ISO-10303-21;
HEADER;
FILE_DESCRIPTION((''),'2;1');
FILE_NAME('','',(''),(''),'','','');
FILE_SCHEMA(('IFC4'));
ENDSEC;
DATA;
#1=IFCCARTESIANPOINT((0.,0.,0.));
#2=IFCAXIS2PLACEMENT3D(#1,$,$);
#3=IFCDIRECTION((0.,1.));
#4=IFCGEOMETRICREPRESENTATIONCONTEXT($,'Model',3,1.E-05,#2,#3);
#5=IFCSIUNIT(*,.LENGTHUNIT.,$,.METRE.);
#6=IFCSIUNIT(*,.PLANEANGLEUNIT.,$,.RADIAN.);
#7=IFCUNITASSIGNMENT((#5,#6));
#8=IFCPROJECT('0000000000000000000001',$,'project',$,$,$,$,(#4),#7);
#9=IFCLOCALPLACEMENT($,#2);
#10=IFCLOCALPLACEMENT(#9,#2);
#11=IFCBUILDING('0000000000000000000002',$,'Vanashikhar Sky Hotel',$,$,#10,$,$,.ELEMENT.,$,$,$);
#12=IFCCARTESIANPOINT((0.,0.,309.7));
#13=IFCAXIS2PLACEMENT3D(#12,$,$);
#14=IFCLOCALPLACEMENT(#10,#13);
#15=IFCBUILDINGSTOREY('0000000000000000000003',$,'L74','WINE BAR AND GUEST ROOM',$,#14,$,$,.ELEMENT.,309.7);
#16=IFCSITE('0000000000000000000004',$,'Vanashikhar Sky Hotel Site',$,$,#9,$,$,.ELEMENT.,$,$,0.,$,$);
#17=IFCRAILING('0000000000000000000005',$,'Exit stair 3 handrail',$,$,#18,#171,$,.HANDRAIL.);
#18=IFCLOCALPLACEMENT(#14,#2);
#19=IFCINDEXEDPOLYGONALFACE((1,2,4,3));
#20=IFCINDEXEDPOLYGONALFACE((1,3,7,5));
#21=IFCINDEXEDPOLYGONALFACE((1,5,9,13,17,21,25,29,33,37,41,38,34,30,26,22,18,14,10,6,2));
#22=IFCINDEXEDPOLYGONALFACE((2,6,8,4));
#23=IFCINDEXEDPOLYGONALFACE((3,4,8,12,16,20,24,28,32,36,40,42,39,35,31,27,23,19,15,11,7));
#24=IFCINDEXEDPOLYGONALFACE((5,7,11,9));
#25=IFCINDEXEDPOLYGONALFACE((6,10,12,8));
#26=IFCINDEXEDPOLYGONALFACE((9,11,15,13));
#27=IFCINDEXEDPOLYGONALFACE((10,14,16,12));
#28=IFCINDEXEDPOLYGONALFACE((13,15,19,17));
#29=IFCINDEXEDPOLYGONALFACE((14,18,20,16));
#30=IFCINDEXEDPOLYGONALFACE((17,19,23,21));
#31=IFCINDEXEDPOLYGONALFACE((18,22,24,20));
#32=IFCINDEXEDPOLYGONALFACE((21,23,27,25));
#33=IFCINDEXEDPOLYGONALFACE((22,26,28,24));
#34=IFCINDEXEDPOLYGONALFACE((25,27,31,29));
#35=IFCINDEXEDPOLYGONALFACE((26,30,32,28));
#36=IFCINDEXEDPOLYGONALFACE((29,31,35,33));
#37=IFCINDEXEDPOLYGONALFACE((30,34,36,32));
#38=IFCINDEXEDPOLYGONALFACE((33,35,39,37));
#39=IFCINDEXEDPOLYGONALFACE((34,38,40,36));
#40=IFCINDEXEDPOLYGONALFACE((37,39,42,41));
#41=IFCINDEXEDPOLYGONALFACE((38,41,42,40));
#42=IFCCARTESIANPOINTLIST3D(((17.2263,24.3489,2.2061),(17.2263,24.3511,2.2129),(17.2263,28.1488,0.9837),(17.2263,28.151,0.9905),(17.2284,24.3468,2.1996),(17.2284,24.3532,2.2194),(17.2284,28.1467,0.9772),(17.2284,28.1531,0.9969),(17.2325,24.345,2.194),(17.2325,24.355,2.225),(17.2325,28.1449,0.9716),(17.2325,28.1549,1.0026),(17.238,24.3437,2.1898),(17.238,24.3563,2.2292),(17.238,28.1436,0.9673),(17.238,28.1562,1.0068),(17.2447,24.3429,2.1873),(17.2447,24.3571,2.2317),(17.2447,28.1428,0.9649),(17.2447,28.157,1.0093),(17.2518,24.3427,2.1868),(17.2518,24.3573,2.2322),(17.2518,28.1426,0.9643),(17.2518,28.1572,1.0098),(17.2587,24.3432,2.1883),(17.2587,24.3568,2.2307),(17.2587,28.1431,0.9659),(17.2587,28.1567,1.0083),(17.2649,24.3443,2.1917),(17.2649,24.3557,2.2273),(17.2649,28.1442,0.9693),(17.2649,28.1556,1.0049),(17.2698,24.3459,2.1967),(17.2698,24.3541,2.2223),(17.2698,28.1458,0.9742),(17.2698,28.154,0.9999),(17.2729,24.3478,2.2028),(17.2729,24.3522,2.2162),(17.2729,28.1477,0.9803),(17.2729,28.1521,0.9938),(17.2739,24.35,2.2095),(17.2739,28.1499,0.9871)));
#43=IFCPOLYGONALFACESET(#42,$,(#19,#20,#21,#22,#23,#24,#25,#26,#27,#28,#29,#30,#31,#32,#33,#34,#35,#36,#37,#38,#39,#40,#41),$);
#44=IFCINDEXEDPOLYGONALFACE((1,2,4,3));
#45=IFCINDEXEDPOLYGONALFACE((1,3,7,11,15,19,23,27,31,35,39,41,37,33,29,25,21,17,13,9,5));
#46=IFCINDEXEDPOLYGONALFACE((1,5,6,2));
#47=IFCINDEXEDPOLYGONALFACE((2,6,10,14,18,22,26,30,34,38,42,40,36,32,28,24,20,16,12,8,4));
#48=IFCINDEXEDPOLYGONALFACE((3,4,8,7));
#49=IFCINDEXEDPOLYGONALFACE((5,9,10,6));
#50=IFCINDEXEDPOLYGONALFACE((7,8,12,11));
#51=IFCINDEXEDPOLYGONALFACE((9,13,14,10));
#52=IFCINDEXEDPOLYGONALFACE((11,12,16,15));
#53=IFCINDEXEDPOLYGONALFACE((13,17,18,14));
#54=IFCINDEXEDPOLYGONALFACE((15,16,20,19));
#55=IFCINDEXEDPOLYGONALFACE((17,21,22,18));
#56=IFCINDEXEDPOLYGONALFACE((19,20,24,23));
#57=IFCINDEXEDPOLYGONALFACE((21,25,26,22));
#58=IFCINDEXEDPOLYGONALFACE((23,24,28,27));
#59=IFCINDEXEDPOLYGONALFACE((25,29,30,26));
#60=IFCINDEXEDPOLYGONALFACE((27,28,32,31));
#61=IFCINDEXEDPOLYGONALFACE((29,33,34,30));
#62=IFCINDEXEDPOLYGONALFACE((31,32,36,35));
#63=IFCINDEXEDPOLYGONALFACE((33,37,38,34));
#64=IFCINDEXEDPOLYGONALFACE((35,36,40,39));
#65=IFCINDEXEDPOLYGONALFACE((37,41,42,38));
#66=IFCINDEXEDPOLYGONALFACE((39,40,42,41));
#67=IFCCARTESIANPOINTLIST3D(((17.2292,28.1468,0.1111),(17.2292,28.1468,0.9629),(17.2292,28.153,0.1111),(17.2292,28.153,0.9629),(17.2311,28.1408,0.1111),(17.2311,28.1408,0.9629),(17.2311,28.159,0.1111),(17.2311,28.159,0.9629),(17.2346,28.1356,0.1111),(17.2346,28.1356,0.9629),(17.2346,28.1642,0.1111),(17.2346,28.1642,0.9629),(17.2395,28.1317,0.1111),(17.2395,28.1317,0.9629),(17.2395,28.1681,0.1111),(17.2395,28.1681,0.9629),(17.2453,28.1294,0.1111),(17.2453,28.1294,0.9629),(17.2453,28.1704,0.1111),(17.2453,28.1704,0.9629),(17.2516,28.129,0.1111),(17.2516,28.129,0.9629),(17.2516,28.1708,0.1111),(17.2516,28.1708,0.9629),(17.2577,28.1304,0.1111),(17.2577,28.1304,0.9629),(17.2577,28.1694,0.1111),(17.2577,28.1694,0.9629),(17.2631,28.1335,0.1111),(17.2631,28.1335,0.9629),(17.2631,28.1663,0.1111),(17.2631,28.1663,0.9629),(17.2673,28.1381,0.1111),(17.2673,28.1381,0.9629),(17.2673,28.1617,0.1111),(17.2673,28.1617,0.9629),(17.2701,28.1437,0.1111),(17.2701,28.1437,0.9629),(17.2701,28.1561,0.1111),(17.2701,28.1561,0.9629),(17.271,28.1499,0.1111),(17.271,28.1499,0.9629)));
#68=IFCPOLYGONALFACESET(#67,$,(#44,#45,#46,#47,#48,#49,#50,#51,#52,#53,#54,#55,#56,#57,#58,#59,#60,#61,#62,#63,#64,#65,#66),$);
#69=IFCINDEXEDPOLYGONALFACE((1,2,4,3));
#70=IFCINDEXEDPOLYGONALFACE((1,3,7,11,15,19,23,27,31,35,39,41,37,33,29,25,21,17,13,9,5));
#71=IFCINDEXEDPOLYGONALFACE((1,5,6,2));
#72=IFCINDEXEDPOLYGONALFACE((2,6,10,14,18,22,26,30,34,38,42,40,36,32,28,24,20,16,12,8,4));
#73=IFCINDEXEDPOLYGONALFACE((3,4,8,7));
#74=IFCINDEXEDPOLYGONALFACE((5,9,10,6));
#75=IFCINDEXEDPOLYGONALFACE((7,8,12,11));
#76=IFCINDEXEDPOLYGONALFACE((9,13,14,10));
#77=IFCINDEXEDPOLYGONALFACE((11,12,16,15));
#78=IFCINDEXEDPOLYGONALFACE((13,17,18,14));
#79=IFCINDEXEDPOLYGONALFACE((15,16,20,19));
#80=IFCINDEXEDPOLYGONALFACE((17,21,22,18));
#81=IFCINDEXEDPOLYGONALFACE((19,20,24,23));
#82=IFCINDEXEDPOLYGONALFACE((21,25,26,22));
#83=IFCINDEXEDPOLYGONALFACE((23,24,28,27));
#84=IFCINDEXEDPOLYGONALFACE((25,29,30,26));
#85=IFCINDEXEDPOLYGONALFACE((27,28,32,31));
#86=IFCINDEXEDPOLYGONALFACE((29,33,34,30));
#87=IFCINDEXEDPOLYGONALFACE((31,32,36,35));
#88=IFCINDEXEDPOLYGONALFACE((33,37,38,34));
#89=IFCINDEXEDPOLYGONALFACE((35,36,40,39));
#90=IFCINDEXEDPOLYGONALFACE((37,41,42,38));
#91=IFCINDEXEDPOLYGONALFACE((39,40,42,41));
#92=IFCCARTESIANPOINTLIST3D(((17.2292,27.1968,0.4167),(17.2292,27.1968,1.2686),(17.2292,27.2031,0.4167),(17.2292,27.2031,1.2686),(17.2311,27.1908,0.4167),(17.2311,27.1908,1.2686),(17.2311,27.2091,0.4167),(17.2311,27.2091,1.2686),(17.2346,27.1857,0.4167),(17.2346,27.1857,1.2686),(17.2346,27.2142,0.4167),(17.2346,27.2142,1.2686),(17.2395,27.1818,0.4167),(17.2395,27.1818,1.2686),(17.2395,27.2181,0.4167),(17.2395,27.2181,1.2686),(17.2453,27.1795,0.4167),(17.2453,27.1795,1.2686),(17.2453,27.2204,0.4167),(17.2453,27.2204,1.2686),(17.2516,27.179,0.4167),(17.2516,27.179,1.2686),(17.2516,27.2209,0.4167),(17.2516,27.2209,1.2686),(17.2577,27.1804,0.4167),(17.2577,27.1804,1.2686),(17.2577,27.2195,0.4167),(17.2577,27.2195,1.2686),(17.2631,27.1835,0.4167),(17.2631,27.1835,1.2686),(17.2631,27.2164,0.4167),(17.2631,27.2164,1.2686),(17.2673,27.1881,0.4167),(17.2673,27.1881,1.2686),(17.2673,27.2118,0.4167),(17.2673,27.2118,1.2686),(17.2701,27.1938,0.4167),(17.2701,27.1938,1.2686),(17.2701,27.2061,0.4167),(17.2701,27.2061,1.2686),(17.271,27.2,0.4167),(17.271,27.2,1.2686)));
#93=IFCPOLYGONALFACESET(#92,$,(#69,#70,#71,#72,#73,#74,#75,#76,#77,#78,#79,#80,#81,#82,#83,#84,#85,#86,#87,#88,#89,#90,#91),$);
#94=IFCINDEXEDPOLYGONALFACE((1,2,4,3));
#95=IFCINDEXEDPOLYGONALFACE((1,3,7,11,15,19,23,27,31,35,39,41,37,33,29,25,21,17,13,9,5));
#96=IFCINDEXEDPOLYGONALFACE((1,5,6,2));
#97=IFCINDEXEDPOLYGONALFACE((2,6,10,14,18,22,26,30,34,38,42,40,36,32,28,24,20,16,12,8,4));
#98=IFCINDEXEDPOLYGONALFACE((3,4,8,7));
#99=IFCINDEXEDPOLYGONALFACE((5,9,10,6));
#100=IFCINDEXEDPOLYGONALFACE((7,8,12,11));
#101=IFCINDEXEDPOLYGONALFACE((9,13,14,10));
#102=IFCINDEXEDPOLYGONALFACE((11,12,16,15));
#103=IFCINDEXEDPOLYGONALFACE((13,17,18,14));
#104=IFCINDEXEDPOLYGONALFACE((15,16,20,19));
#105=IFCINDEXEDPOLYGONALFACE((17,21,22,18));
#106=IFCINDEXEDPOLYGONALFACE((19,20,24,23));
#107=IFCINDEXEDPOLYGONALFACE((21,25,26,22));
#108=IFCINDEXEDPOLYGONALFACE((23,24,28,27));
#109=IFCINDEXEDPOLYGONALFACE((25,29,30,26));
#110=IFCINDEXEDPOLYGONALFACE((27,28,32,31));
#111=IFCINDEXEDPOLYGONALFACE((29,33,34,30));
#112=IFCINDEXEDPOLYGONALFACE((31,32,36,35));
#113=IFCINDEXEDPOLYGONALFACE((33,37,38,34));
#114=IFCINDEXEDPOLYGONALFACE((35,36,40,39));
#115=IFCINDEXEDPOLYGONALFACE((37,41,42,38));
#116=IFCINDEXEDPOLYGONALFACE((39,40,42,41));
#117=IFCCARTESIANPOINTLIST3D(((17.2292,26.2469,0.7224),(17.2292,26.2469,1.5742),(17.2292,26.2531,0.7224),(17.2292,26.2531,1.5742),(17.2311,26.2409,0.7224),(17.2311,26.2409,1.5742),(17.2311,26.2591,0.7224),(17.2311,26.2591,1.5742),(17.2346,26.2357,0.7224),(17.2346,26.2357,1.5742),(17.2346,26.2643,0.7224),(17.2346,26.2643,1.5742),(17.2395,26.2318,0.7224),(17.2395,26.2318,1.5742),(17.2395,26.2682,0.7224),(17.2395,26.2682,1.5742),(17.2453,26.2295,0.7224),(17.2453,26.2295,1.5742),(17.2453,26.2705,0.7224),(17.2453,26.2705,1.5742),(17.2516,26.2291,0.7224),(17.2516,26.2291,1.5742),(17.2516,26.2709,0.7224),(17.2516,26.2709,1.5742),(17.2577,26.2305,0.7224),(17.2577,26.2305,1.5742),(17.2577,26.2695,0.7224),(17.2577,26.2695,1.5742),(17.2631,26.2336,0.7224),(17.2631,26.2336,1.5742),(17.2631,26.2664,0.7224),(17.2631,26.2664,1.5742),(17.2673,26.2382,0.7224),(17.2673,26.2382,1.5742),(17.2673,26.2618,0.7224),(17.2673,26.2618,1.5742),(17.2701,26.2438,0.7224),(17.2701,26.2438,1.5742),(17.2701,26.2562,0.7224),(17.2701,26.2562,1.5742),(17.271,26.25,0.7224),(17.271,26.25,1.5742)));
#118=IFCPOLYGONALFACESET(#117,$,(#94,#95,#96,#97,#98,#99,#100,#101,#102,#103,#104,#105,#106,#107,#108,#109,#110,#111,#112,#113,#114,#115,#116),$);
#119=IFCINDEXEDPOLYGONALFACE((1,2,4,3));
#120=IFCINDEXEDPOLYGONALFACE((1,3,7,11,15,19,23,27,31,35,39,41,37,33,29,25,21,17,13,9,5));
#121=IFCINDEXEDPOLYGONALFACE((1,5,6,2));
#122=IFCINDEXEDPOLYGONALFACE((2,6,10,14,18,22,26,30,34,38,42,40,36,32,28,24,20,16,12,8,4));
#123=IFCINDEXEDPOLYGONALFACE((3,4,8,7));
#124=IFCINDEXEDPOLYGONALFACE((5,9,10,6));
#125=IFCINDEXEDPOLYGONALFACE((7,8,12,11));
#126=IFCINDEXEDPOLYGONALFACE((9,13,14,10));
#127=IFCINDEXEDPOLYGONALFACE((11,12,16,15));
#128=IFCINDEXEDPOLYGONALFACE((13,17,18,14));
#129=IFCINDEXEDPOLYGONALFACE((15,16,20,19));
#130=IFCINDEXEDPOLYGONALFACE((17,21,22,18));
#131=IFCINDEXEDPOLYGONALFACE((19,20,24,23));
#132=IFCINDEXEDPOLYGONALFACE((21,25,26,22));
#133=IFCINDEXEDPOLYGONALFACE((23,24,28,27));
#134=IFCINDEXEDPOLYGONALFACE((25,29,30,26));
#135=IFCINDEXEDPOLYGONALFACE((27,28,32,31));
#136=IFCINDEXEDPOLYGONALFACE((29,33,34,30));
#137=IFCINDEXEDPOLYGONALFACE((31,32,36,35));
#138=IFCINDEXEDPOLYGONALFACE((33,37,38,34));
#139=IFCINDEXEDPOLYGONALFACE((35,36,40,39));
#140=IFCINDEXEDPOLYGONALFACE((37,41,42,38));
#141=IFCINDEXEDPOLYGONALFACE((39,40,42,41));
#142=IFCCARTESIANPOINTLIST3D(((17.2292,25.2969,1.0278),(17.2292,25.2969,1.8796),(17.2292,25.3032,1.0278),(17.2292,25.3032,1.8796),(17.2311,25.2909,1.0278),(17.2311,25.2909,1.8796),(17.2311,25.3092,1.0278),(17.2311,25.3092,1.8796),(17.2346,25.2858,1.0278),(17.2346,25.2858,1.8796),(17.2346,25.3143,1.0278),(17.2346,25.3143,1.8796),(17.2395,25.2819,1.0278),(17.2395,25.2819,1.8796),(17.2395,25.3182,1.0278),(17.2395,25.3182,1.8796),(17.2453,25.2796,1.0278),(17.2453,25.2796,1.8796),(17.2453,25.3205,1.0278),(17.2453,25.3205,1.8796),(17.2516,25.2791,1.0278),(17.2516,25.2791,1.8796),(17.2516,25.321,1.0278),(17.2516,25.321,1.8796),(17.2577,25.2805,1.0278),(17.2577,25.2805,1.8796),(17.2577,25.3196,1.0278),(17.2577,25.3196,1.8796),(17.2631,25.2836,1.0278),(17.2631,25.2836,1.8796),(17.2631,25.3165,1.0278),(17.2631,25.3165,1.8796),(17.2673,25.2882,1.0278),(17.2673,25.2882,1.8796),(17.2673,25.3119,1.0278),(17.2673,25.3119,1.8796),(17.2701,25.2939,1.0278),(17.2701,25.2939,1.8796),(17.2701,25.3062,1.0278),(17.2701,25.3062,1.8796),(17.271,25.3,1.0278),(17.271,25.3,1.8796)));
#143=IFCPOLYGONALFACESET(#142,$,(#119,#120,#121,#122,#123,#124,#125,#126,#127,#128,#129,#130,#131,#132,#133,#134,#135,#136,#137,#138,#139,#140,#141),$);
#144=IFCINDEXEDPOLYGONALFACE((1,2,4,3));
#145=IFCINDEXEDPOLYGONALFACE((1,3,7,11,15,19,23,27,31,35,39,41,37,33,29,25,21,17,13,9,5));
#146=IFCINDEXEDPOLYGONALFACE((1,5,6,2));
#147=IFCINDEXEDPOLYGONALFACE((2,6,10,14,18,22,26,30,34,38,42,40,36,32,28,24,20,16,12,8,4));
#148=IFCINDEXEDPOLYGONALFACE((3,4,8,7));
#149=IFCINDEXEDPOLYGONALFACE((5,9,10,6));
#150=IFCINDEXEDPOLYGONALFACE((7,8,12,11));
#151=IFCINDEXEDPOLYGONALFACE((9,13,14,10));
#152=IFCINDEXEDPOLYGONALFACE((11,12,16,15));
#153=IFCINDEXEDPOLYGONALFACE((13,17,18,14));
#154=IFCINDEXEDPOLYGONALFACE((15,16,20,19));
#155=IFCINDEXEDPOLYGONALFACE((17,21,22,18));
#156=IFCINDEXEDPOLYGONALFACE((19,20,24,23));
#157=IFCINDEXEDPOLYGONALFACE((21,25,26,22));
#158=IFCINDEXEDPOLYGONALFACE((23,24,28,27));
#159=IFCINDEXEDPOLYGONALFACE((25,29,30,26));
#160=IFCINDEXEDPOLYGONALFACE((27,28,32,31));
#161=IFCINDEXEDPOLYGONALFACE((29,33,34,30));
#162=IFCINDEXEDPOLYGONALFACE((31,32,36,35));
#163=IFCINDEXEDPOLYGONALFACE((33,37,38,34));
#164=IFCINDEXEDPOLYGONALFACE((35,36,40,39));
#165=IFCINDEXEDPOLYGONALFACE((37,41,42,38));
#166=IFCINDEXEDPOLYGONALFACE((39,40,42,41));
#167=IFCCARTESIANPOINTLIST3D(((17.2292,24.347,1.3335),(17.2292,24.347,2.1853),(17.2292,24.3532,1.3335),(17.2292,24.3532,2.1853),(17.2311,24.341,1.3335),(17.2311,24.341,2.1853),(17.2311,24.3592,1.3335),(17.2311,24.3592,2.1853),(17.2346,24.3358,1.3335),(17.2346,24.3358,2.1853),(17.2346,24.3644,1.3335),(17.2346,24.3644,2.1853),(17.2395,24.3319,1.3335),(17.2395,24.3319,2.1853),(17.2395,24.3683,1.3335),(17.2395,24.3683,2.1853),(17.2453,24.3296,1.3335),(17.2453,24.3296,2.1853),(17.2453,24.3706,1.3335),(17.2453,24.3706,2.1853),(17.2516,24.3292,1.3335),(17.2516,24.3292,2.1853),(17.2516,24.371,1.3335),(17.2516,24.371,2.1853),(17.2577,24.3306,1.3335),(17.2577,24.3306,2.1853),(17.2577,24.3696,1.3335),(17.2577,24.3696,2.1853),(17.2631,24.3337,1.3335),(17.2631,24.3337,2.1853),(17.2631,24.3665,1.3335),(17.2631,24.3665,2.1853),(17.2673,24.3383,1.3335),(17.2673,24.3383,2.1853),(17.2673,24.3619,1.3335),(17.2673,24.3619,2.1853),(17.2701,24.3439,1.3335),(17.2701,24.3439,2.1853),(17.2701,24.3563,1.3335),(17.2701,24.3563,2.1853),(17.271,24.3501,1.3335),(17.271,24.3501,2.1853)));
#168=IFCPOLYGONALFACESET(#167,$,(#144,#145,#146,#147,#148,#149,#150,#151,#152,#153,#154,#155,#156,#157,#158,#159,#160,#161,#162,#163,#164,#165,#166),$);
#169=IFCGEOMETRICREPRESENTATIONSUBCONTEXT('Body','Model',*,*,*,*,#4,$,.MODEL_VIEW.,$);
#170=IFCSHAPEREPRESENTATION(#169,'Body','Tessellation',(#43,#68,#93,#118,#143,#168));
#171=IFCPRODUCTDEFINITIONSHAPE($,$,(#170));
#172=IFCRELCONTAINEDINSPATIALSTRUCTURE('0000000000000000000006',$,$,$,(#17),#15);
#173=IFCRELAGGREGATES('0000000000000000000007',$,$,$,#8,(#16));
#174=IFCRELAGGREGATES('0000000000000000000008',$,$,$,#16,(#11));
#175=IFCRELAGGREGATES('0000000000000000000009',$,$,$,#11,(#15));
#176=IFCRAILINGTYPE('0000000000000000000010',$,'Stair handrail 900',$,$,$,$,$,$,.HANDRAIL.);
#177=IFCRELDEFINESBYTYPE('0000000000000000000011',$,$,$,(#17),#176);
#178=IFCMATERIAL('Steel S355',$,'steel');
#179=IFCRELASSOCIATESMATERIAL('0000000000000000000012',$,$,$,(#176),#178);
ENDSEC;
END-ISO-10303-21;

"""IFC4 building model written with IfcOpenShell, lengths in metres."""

from ifc_helpers import new_model, si_unit, direction, frame, origin, origin_2d, place, context, subcontext, project, spatial, circle, extrude, source, transform, mapped, material, type_object, element, save


model = new_model("IFC4")

# Units and contexts
model_context = context("Model", 3, precision=1e-05, world=origin(), true_north=direction((0.0, 1.0)))
body_context = subcontext(model_context, "Body", "Model", "MODEL_VIEW")
ifc_project = project(units=[si_unit("LENGTHUNIT", "METRE"), si_unit("PLANEANGLEUNIT", "RADIAN")], contexts=[model_context])

# Site, building, storey
site_placement = place(None, origin())
site = spatial("IfcSite", under=ifc_project, at=site_placement, Name="Vanashikhar Sky Hotel Site", CompositionType="ELEMENT", RefElevation=0.0)
building_placement = place(site_placement, origin())
building = spatial("IfcBuilding", under=site, at=building_placement, Name="Vanashikhar Sky Hotel", CompositionType="ELEMENT")
storey_placement = place(building_placement, frame((0.0, 0.0, 309.7)))
storey = spatial("IfcBuildingStorey", under=building, at=storey_placement, Name="L74", Description="WINE BAR AND GUEST ROOM", CompositionType="ELEMENT", Elevation=309.7)

# Railing
ifc_material_1 = material(Name="Steel S355", Category="steel")
railing_type = type_object("IfcRailingType", Name="Stair handrail 900", PredefinedType="HANDRAIL", material=ifc_material_1)
shared_shape_1 = source(origin(), body_context, "Body", "SweptSolid", [
    extrude(circle(Radius=0.0239, at=origin_2d()), frame((0.0, 0.0, 0.876), z_axis=(0.0, -0.951952, 0.306247), x_axis=(1.0, 0.0, 0.0)), (0.0, 0.0, 1.0), 3.9917),
    extrude(circle(Radius=0.021, at=origin_2d()), origin(), (0.0, 0.0, 1.0), 0.8518),
    extrude(circle(Radius=0.021, at=origin_2d()), frame((0.0, -0.95, 0.3057)), (0.0, 0.0, 1.0), 0.8518),
    extrude(circle(Radius=0.021, at=origin_2d()), frame((0.0, -1.8999, 0.6113)), (0.0, 0.0, 1.0), 0.8518),
    extrude(circle(Radius=0.021, at=origin_2d()), frame((0.0, -2.8499, 0.9167)), (0.0, 0.0, 1.0), 0.8518),
    extrude(circle(Radius=0.021, at=origin_2d()), frame((0.0, -3.7998, 1.2224)), (0.0, 0.0, 1.0), 0.8518),
])
railing_1_placement = place(storey_placement, frame((17.25, 28.1499, 0.1111)))
element("IfcRailing", 1, at=railing_1_placement, inside=storey, type_object=railing_type, Name="Exit stair 3 handrail", PredefinedType="HANDRAIL", context=body_context, shape_type="MappedRepresentation", body=[
    mapped(shared_shape_1, transform((0.0, 0.0, 0.0), scale=1.0)),
])

save(model, "model.ifc")
